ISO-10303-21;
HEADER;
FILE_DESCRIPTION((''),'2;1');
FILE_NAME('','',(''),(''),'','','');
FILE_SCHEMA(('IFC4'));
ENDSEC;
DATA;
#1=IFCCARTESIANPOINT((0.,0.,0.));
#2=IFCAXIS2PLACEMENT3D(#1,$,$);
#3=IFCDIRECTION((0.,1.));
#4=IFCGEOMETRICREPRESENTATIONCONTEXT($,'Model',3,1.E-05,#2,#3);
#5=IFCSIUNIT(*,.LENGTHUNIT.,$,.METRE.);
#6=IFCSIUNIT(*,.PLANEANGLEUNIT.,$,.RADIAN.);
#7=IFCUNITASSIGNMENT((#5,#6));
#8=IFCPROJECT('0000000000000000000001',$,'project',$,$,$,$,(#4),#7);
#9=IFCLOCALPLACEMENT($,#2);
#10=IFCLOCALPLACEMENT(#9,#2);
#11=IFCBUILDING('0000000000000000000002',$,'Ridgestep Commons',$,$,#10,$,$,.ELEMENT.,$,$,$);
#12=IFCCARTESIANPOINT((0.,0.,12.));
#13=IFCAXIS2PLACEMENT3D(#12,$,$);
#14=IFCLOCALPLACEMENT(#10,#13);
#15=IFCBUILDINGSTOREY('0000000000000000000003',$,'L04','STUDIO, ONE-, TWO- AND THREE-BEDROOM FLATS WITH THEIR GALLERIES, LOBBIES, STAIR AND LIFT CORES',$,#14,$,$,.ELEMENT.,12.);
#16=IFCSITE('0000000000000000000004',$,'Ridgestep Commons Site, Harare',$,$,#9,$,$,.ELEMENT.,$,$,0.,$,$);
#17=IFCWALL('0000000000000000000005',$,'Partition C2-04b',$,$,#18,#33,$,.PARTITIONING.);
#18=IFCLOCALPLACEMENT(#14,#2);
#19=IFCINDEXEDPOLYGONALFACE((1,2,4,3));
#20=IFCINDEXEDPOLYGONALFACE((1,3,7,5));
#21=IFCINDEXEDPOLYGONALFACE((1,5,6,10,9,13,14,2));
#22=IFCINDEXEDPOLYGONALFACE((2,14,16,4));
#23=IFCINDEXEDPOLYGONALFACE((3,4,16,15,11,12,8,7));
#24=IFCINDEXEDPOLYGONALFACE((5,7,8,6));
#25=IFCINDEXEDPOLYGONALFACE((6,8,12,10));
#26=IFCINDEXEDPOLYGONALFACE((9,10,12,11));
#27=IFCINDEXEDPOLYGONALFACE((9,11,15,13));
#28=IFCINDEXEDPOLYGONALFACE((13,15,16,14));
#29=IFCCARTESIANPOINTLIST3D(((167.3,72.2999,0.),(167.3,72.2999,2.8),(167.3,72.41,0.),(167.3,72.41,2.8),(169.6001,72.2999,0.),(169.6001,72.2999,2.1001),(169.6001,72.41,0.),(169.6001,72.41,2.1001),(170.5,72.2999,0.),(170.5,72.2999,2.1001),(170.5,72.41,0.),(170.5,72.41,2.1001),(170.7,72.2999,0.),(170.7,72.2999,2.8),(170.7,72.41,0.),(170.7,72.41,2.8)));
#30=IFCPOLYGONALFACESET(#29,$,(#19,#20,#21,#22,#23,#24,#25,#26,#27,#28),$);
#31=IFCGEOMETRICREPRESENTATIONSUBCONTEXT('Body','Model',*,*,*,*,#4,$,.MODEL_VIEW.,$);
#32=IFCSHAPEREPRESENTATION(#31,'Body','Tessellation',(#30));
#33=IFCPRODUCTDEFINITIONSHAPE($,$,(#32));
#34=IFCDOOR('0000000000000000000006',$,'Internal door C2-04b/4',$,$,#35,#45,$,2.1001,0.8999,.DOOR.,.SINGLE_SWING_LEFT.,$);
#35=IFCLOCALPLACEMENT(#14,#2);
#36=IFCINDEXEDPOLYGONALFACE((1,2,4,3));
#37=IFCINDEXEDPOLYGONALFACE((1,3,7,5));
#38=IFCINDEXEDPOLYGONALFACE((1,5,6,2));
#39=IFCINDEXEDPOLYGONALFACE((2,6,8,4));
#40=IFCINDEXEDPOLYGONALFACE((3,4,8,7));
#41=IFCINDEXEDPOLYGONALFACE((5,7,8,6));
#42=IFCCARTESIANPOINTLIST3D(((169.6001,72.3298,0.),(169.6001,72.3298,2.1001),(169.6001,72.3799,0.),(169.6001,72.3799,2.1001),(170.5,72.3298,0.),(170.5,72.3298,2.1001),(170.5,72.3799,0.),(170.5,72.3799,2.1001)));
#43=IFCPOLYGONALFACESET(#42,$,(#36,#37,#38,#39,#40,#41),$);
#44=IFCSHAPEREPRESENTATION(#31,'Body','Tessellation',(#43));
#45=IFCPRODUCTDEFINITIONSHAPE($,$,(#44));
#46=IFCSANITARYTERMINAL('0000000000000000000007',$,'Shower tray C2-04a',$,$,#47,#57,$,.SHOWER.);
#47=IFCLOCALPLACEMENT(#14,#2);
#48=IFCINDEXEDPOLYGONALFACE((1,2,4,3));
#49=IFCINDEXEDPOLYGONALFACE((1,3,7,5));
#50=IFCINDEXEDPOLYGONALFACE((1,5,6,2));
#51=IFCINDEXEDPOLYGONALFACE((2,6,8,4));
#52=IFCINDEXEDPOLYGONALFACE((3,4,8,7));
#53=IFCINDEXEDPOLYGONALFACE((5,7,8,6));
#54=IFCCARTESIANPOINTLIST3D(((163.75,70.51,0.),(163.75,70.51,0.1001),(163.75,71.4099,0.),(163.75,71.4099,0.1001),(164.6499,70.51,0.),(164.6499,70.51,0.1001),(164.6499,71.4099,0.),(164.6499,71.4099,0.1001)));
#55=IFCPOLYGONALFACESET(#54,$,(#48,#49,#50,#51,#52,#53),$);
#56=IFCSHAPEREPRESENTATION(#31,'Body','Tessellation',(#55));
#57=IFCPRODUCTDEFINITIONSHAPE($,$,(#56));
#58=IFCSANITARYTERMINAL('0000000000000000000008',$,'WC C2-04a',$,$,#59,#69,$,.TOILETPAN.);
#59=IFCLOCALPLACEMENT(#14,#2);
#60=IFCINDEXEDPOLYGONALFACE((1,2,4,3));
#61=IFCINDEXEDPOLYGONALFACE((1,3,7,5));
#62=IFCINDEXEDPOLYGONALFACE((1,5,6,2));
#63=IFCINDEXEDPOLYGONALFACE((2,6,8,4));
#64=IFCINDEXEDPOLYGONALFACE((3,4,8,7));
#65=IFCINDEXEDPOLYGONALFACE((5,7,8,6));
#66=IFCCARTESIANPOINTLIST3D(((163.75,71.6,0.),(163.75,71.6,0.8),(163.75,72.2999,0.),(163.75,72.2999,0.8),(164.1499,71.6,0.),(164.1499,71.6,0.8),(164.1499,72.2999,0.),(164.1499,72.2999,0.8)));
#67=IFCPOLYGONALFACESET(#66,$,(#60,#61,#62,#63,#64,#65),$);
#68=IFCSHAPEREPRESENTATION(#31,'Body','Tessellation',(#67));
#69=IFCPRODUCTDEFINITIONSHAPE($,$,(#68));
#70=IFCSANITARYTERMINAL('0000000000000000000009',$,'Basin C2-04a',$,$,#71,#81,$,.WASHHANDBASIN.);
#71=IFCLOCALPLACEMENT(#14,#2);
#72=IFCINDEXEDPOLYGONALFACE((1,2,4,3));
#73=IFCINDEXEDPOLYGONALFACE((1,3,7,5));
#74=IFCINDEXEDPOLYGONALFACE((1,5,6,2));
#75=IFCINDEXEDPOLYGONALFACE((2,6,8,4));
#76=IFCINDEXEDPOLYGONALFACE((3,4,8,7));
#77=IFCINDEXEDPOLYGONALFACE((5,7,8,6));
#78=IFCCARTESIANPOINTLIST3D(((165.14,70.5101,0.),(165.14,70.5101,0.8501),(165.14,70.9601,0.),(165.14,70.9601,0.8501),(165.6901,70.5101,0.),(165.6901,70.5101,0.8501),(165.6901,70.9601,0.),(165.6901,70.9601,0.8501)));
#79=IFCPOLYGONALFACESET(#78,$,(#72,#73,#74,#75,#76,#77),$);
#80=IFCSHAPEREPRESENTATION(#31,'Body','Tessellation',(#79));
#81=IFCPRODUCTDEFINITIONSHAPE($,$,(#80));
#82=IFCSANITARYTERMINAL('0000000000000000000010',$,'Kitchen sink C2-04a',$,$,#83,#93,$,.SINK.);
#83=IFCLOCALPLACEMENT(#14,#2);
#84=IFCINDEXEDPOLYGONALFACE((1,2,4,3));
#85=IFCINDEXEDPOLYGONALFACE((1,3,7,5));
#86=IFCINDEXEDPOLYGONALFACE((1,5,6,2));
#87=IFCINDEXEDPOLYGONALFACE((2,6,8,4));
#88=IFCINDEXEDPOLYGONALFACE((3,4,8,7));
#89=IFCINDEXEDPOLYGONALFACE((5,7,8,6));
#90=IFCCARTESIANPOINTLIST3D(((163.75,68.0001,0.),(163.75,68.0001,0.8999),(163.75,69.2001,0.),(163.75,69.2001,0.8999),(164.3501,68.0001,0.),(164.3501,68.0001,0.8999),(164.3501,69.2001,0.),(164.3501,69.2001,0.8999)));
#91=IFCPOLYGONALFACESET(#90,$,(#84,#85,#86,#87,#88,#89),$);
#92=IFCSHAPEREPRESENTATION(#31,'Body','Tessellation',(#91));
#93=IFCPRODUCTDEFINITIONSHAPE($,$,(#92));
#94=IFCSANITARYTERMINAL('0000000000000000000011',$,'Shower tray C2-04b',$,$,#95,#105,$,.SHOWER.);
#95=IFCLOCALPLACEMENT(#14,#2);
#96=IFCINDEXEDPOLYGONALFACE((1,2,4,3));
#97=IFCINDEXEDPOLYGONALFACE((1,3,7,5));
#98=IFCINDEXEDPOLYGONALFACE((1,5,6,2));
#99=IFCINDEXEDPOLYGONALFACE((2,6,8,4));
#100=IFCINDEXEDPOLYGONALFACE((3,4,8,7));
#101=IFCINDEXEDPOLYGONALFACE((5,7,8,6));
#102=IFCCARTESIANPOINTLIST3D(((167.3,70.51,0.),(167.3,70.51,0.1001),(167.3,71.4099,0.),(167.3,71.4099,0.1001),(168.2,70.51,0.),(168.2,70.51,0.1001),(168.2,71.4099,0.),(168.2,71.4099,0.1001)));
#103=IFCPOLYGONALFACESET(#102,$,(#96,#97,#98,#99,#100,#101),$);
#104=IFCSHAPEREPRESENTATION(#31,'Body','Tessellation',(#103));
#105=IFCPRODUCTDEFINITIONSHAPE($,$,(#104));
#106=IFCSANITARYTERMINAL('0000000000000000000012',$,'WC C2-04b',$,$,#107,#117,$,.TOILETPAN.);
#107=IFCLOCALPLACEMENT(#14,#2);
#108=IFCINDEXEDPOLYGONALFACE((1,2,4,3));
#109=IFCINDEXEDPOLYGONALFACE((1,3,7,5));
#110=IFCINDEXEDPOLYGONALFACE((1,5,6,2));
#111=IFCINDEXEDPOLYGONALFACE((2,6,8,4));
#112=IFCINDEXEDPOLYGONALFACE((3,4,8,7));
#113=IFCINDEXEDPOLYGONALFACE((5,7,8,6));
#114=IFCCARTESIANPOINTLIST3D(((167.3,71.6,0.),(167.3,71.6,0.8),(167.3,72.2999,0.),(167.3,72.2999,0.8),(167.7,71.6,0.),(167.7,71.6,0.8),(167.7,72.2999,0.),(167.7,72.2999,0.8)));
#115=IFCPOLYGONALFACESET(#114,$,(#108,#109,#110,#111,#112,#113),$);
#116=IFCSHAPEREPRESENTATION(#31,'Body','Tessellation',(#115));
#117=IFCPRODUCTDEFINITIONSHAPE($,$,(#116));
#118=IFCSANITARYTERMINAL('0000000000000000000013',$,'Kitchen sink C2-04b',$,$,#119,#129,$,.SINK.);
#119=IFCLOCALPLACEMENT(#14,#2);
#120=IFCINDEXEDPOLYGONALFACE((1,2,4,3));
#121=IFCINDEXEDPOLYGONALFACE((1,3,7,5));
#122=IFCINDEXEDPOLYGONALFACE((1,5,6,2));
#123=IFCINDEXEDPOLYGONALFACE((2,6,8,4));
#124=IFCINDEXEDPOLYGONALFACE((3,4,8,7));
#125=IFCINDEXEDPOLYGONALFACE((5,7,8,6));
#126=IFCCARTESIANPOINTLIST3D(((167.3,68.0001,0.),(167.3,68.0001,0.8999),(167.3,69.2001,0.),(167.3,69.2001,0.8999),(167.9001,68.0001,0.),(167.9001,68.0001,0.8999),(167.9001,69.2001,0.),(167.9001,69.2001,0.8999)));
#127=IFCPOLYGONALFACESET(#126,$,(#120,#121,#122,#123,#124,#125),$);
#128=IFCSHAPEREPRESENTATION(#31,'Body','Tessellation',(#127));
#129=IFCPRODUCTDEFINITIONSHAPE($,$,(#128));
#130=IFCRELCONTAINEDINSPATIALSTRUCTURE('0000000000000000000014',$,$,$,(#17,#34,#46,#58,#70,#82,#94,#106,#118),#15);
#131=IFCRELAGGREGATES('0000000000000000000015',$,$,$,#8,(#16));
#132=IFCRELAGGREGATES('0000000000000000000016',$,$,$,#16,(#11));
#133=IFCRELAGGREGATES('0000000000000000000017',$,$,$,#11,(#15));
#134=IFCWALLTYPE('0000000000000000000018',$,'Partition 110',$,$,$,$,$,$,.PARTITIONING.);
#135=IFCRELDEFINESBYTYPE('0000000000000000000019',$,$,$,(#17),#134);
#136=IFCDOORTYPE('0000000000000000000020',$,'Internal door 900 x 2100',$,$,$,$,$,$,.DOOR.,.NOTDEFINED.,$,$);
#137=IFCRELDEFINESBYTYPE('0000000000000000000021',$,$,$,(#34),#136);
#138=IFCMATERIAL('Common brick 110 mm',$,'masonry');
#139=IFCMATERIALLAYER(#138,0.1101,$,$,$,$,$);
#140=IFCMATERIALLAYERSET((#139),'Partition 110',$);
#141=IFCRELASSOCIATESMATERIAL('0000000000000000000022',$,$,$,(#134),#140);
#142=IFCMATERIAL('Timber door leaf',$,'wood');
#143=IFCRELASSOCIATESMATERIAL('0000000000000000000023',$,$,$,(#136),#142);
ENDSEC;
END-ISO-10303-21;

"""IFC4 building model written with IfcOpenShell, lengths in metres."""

from ifc_helpers import new_model, si_unit, direction, frame, frame_2d, origin, origin_2d, place, context, subcontext, project, spatial, rectangle, extrude, material, layer, layer_set, type_object, element, fill, save


model = new_model("IFC4")

# Units and contexts
model_context = context("Model", 3, precision=1e-05, world=origin(), true_north=direction((0.0, 1.0)))
body_context = subcontext(model_context, "Body", "Model", "MODEL_VIEW")
ifc_project = project(units=[si_unit("LENGTHUNIT", "METRE"), si_unit("PLANEANGLEUNIT", "RADIAN")], contexts=[model_context])

# Site, building, storey
site_placement = place(None, origin())
site = spatial("IfcSite", under=ifc_project, at=site_placement, Name="Ridgestep Commons Site, Harare", CompositionType="ELEMENT", RefElevation=0.0)
building_placement = place(site_placement, origin())
building = spatial("IfcBuilding", under=site, at=building_placement, Name="Ridgestep Commons", CompositionType="ELEMENT")
storey_placement = place(building_placement, frame((0.0, 0.0, 12.0)))
storey = spatial("IfcBuildingStorey", under=building, at=storey_placement, Name="L04", Description="STUDIO, ONE-, TWO- AND THREE-BEDROOM FLATS WITH THEIR GALLERIES, LOBBIES, STAIR AND LIFT CORES", CompositionType="ELEMENT", Elevation=12.0)

# Shared definitions
ifc_material_1 = material(Name="Common brick 110 mm", Category="masonry")
ifc_layer_1 = layer(ifc_material_1, 0.1101)
ifc_layer_set_1 = layer_set([ifc_layer_1], Name="Partition 110")
wall_type_1 = type_object("IfcWallType", Name="Partition 110", PredefinedType="PARTITIONING", material=ifc_layer_set_1)

# Shared definitions
ifc_material_2 = material(Name="Timber door leaf", Category="wood")
door_type_1 = type_object("IfcDoorType", Name="Internal door 900 x 2100", OperationType="NOTDEFINED", PredefinedType="DOOR", material=ifc_material_2)

# Wall, opening, door
wall_1_placement = place(storey_placement, frame((167.3, 72.355, 0.0), z_axis=(0.0, 0.0, 1.0), x_axis=(1.0, 0.0, 0.0)))
wall_1 = element("IfcWall", 1, at=wall_1_placement, inside=storey, type_object=wall_type_1, Name="Partition C2-04b", PredefinedType="PARTITIONING", context=body_context, shape_type="SweptSolid", body=[
    extrude(rectangle(XDim=3.3999, YDim=0.1101, at=frame_2d((1.7, 0.0))), origin(), (0.0, 0.0, 1.0), 2.8),
])
opening_1_placement = place(wall_1_placement, frame((2.3, 0.0, 0.0)))
opening_1 = element("IfcOpeningElement", 2, at=opening_1_placement, cuts=wall_1, PredefinedType="OPENING", context=body_context, shape_type="SweptSolid", body=[
    extrude(rectangle(XDim=0.8999, YDim=2.1001, at=frame_2d((0.45, 1.05))), frame((0.0, 0.0649, 0.0), z_axis=(0.0, -1.0, 0.0), x_axis=(1.0, 0.0, 0.0)), (0.0, 0.0, 1.0), 0.1301),
])
door_1_placement = place(opening_1_placement, origin())
door_1 = element("IfcDoor", 3, at=door_1_placement, inside=storey, type_object=door_type_1, Name="Internal door C2-04b/4", OperationType="SINGLE_SWING_LEFT", OverallHeight=2.1001, OverallWidth=0.8999, PredefinedType="DOOR", context=body_context, shape_type="SweptSolid", body=[
    extrude(rectangle(XDim=0.8999, YDim=2.1001, at=frame_2d((0.45, 1.05))), frame((0.0, 0.0249, 0.0), z_axis=(0.0, -1.0, 0.0), x_axis=(1.0, 0.0, 0.0)), (0.0, 0.0, 1.0), 0.05),
])
fill(opening_1, door_1)

# Sanitary terminals
sanitary_terminal_1_placement = place(storey_placement, frame((164.2, 70.96, 0.0), z_axis=(0.0, 0.0, 1.0), x_axis=(1.0, 0.0, 0.0)))
element("IfcSanitaryTerminal", 4, at=sanitary_terminal_1_placement, inside=storey, Name="Shower tray C2-04a", PredefinedType="SHOWER", context=body_context, shape_type="SweptSolid", body=[
    extrude(rectangle(XDim=0.8999, YDim=0.8999, at=origin_2d()), origin(), (0.0, 0.0, 1.0), 0.1001),
])
sanitary_terminal_2_placement = place(storey_placement, frame((163.95, 71.95, 0.0), z_axis=(0.0, 0.0, 1.0), x_axis=(1.0, 0.0, 0.0)))
element("IfcSanitaryTerminal", 5, at=sanitary_terminal_2_placement, inside=storey, Name="WC C2-04a", PredefinedType="TOILETPAN", context=body_context, shape_type="SweptSolid", body=[
    extrude(rectangle(XDim=0.3999, YDim=0.7, at=origin_2d()), origin(), (0.0, 0.0, 1.0), 0.8),
])
sanitary_terminal_3_placement = place(storey_placement, frame((165.415, 70.7351, 0.0), z_axis=(0.0, 0.0, 1.0), x_axis=(1.0, 0.0, 0.0)))
element("IfcSanitaryTerminal", 6, at=sanitary_terminal_3_placement, inside=storey, Name="Basin C2-04a", PredefinedType="WASHHANDBASIN", context=body_context, shape_type="SweptSolid", body=[
    extrude(rectangle(XDim=0.55, YDim=0.45, at=origin_2d()), origin(), (0.0, 0.0, 1.0), 0.8501),
])
sanitary_terminal_4_placement = place(storey_placement, frame((164.05, 68.6001, 0.0), z_axis=(0.0, 0.0, 1.0), x_axis=(1.0, 0.0, 0.0)))
element("IfcSanitaryTerminal", 7, at=sanitary_terminal_4_placement, inside=storey, Name="Kitchen sink C2-04a", PredefinedType="SINK", context=body_context, shape_type="SweptSolid", body=[
    extrude(rectangle(XDim=0.6001, YDim=1.2, at=origin_2d()), origin(), (0.0, 0.0, 1.0), 0.8999),
])
sanitary_terminal_5_placement = place(storey_placement, frame((167.75, 70.96, 0.0), z_axis=(0.0, 0.0, 1.0), x_axis=(1.0, 0.0, 0.0)))
element("IfcSanitaryTerminal", 8, at=sanitary_terminal_5_placement, inside=storey, Name="Shower tray C2-04b", PredefinedType="SHOWER", context=body_context, shape_type="SweptSolid", body=[
    extrude(rectangle(XDim=0.8999, YDim=0.8999, at=origin_2d()), origin(), (0.0, 0.0, 1.0), 0.1001),
])
sanitary_terminal_6_placement = place(storey_placement, frame((167.5, 71.95, 0.0), z_axis=(0.0, 0.0, 1.0), x_axis=(1.0, 0.0, 0.0)))
element("IfcSanitaryTerminal", 9, at=sanitary_terminal_6_placement, inside=storey, Name="WC C2-04b", PredefinedType="TOILETPAN", context=body_context, shape_type="SweptSolid", body=[
    extrude(rectangle(XDim=0.3999, YDim=0.7, at=origin_2d()), origin(), (0.0, 0.0, 1.0), 0.8),
])
sanitary_terminal_7_placement = place(storey_placement, frame((167.6001, 68.6001, 0.0), z_axis=(0.0, 0.0, 1.0), x_axis=(1.0, 0.0, 0.0)))
element("IfcSanitaryTerminal", 10, at=sanitary_terminal_7_placement, inside=storey, Name="Kitchen sink C2-04b", PredefinedType="SINK", context=body_context, shape_type="SweptSolid", body=[
    extrude(rectangle(XDim=0.6001, YDim=1.2, at=origin_2d()), origin(), (0.0, 0.0, 1.0), 0.8999),
])

save(model, "model.ifc")
